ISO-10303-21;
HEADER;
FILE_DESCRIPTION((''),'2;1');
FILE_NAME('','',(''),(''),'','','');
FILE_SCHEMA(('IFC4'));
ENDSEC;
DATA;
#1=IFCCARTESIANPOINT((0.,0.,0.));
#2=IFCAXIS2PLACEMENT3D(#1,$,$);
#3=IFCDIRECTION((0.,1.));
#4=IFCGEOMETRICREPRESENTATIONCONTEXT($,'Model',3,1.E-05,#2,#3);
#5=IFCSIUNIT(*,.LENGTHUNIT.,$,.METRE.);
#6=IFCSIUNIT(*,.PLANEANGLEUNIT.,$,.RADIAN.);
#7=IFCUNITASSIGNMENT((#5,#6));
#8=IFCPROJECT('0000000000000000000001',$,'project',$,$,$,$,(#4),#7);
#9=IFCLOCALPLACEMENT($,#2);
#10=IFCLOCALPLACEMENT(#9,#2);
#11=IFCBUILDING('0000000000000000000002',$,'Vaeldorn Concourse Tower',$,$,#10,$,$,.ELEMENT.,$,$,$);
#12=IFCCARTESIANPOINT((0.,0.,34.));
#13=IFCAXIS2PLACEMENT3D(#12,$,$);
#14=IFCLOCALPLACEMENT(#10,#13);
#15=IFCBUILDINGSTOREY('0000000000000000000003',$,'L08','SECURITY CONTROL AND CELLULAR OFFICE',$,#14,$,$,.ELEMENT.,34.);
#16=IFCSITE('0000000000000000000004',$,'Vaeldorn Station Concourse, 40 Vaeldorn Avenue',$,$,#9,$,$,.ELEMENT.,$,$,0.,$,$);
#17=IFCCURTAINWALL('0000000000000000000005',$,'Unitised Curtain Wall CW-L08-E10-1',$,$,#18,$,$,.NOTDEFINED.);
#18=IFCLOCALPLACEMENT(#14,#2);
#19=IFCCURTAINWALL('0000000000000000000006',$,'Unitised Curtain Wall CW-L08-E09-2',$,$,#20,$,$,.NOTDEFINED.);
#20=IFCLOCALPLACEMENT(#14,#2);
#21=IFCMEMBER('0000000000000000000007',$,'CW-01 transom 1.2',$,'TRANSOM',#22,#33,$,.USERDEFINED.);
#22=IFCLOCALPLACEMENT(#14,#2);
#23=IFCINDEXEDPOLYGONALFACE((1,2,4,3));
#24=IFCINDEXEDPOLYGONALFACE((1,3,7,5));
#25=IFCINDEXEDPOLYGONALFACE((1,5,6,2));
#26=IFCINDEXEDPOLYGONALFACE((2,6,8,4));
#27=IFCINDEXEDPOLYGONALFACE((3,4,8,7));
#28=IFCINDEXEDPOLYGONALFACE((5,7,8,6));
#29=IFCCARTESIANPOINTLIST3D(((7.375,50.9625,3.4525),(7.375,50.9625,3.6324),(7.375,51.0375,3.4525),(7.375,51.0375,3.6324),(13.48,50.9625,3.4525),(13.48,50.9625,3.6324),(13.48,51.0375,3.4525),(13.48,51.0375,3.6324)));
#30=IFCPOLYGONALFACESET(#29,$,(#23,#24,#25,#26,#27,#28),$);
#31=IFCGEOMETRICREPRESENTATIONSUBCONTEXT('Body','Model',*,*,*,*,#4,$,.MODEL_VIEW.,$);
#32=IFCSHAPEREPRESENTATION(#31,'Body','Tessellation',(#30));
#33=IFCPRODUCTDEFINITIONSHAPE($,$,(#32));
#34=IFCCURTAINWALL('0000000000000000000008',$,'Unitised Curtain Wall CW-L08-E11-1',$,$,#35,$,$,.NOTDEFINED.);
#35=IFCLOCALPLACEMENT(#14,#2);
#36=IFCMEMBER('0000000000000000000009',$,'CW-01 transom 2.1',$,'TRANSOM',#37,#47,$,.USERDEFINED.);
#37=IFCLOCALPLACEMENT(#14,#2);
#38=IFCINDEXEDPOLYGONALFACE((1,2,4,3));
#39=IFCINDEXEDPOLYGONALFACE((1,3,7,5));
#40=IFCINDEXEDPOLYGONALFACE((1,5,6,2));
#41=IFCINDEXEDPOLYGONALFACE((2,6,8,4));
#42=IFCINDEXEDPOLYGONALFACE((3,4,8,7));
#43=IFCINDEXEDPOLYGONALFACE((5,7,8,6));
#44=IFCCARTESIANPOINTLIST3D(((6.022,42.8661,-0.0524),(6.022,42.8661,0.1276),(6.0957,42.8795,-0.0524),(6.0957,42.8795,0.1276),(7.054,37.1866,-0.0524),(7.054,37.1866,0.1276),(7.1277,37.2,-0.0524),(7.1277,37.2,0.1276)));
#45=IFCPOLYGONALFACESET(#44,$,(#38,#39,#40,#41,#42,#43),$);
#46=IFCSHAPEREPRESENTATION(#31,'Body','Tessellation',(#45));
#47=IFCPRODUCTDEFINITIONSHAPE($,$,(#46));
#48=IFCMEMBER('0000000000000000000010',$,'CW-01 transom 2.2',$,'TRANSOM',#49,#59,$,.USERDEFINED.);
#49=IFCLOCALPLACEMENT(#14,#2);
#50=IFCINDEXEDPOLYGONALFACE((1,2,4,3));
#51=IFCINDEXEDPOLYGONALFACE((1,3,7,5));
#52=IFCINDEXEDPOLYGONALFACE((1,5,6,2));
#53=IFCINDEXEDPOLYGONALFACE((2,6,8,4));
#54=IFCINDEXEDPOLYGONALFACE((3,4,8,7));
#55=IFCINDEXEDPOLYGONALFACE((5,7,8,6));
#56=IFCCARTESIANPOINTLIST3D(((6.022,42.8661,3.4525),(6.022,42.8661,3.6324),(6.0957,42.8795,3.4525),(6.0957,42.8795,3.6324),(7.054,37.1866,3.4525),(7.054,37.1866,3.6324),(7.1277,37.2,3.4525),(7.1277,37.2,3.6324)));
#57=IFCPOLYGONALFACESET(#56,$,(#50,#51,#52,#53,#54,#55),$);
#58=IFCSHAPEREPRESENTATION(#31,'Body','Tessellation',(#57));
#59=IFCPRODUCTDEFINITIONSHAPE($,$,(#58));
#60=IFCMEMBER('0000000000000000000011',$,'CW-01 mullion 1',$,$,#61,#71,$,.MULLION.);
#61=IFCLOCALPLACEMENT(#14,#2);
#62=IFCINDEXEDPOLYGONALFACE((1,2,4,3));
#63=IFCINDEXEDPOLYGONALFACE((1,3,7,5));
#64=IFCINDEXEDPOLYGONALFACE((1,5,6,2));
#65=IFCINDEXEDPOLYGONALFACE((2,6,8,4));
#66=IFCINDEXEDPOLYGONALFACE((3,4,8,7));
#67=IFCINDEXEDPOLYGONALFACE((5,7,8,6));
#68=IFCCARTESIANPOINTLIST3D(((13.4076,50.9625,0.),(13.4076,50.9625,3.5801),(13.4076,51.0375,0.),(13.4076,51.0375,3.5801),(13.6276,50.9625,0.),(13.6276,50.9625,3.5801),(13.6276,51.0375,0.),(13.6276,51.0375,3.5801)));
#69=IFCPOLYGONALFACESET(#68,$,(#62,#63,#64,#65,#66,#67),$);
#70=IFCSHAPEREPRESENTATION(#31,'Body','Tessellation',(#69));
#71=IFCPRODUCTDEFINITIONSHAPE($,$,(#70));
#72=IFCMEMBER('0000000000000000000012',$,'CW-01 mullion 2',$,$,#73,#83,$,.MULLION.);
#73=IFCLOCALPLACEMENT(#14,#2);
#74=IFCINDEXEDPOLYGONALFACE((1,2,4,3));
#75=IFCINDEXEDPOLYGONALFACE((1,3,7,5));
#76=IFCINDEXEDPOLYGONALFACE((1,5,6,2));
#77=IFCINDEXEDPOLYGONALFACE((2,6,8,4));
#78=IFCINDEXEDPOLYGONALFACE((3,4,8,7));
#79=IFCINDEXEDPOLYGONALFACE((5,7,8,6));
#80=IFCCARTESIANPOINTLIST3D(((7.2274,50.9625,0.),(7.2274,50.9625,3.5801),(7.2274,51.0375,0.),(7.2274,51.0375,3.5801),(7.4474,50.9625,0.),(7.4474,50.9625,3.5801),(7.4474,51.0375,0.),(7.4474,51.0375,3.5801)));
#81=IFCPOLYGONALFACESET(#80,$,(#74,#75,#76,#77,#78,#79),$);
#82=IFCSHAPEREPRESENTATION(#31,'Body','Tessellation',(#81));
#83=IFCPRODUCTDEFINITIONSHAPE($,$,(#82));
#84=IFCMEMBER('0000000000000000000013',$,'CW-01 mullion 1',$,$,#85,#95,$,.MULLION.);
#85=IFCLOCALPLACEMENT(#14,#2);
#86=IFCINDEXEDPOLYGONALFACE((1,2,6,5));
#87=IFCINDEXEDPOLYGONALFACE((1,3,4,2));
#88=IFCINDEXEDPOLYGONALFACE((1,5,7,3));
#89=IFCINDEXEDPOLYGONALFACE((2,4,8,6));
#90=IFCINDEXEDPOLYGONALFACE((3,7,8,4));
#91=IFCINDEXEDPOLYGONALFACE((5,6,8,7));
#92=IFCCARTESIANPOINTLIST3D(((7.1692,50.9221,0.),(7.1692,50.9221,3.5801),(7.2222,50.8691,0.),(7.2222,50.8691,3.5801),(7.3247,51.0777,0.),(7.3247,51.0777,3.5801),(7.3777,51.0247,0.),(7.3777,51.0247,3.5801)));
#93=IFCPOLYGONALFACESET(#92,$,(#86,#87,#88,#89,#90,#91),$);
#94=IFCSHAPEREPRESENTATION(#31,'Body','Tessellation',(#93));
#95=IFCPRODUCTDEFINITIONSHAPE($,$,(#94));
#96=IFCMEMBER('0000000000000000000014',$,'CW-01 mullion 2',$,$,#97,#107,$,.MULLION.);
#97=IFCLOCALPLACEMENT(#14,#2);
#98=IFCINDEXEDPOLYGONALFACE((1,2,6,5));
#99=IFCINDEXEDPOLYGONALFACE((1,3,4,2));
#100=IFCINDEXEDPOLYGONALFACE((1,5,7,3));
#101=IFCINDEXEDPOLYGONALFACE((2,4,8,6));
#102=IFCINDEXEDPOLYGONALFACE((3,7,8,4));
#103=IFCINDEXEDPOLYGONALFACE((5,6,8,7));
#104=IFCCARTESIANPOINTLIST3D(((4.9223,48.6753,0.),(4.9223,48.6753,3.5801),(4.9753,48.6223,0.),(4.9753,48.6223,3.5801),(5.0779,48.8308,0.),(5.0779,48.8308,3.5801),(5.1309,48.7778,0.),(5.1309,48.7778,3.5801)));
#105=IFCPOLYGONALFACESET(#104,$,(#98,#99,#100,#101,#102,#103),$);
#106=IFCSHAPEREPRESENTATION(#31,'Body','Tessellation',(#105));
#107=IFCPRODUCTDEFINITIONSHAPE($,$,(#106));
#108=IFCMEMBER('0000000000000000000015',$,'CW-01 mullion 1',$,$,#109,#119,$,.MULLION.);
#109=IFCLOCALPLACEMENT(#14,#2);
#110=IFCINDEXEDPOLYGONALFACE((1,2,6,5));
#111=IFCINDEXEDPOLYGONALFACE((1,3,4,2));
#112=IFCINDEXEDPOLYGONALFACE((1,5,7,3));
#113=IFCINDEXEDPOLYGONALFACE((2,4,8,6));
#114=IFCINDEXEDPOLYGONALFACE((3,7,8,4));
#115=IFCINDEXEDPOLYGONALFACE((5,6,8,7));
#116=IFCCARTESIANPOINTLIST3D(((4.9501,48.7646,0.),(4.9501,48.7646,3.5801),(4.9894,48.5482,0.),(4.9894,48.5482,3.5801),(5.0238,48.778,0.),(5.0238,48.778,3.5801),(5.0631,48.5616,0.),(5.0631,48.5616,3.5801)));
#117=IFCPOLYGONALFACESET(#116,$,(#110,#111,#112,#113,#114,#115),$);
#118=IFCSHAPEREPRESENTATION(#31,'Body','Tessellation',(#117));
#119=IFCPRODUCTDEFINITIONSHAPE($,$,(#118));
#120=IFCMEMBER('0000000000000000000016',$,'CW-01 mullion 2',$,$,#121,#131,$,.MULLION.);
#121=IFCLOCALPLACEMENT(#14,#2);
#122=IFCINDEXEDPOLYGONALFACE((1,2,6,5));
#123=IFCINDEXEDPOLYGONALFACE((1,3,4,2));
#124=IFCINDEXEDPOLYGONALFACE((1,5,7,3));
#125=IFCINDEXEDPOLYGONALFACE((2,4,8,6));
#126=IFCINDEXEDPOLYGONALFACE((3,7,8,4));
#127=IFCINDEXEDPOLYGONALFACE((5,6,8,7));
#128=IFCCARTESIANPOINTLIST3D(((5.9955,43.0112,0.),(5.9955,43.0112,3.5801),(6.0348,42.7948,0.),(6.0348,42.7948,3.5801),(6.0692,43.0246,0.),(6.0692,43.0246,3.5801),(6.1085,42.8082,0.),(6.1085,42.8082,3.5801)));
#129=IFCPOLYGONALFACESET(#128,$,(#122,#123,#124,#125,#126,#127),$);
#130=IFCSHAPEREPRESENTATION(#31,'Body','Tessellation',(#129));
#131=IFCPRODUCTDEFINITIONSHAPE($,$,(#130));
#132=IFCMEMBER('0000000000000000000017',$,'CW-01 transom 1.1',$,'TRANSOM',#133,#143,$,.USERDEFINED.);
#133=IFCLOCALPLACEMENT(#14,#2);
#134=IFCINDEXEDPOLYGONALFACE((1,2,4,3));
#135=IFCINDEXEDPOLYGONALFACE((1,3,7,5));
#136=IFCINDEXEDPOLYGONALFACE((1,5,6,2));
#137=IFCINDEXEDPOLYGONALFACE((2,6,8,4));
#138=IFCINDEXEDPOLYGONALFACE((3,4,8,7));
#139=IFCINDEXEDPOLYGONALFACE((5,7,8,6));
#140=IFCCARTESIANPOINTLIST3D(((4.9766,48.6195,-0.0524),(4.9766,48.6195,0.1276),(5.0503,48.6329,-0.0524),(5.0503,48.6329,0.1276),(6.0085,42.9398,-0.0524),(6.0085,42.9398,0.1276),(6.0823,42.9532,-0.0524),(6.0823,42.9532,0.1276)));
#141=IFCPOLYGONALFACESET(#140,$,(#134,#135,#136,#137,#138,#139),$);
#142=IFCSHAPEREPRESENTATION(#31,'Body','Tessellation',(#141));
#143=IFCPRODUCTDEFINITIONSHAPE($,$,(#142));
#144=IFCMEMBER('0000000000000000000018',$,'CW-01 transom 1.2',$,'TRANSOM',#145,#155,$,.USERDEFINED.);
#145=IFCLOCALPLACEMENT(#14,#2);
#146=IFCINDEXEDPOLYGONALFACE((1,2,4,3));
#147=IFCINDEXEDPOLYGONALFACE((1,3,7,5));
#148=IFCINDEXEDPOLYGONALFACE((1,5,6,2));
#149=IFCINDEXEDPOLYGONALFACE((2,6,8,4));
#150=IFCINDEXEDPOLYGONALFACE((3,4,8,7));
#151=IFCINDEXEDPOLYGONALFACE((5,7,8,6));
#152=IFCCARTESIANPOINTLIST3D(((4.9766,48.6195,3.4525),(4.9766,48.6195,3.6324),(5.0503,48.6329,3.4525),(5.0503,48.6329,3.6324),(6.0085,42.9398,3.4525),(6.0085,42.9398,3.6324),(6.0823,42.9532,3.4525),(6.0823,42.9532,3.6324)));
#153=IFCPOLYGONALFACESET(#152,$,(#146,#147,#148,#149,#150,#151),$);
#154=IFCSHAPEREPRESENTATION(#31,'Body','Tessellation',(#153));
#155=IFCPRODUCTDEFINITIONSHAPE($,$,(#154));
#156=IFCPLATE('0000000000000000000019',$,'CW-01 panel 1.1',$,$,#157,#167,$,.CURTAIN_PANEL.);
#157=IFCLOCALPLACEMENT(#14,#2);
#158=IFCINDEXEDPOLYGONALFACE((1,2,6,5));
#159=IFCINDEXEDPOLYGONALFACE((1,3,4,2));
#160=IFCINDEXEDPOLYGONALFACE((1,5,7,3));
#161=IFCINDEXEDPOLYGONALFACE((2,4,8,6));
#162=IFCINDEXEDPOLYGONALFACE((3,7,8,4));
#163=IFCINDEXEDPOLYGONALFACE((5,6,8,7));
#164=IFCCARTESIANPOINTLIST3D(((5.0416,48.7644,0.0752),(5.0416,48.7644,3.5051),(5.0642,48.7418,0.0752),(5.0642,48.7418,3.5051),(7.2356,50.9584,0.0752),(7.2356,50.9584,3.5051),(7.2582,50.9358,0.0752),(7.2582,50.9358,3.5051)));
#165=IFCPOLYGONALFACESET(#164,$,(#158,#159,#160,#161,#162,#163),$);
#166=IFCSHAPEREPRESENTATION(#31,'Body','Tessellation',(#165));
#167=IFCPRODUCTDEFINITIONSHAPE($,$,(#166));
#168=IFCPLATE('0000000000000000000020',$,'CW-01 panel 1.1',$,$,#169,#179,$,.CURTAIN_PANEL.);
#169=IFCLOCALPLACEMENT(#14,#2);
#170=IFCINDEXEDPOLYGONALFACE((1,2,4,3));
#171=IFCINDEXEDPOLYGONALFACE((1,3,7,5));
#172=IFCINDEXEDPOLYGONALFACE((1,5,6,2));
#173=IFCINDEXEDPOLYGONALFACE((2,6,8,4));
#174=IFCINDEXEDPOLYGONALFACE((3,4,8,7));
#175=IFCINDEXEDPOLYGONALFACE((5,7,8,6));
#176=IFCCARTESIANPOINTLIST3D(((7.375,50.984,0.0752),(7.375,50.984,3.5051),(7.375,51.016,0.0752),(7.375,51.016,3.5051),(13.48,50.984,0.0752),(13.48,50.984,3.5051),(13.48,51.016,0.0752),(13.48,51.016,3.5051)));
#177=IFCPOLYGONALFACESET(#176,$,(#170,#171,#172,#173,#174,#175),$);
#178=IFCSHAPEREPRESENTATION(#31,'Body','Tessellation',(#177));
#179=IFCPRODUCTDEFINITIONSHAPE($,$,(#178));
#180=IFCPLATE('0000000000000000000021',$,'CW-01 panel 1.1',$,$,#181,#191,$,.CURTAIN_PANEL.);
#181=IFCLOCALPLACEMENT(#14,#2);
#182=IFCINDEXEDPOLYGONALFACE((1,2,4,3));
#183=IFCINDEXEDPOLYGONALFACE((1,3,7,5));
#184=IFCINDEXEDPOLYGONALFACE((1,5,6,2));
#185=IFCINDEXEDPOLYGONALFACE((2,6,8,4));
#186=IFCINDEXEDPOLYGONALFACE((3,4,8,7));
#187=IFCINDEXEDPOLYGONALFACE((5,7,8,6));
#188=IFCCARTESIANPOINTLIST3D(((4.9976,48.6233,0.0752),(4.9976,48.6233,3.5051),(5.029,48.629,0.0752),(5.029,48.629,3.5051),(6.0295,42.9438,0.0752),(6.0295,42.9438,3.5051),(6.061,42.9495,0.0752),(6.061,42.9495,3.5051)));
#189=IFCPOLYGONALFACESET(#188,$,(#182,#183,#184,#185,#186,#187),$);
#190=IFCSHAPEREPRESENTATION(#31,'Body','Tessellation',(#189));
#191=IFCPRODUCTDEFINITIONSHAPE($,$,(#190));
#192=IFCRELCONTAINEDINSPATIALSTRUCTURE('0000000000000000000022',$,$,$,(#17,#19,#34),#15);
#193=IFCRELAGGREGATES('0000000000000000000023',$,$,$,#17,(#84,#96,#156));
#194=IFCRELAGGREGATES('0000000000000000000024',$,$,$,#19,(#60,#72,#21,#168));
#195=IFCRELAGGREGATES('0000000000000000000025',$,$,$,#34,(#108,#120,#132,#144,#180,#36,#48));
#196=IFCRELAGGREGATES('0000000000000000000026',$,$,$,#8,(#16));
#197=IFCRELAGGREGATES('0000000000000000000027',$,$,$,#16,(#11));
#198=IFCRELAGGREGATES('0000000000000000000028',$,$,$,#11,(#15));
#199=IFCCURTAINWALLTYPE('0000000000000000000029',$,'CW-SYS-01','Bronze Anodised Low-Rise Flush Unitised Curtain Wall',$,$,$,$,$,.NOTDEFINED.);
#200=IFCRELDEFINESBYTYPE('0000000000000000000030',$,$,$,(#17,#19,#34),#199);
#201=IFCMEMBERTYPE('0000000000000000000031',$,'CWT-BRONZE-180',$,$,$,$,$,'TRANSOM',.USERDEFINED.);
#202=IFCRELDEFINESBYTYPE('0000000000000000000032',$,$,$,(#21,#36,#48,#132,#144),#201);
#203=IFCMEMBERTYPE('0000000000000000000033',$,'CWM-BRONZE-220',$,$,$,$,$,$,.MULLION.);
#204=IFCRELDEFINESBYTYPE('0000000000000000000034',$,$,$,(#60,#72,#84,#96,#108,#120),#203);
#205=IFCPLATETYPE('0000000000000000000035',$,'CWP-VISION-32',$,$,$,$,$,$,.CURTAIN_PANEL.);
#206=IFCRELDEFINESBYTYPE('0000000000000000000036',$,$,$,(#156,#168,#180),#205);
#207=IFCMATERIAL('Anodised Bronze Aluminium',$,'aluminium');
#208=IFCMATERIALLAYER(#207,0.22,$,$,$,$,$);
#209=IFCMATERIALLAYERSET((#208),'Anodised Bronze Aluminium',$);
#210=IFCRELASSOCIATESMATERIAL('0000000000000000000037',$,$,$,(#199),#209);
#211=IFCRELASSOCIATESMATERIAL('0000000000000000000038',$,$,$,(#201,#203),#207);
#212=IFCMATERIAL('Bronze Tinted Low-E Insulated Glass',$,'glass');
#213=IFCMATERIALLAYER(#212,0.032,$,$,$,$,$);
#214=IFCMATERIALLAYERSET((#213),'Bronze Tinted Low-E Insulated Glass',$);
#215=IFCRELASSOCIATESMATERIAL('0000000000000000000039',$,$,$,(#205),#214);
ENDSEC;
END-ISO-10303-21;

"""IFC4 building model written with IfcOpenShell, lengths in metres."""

from ifc_helpers import new_model, si_unit, direction, frame, origin, origin_2d, place, context, subcontext, project, spatial, rectangle, extrude, source, transform, mapped, material, layer, layer_set, material_profile, profile_set, type_object, element, aggregate, save


model = new_model("IFC4")

# Units and contexts
model_context = context("Model", 3, precision=1e-05, world=origin(), true_north=direction((0.0, 1.0)))
body_context = subcontext(model_context, "Body", "Model", "MODEL_VIEW")
ifc_project = project(units=[si_unit("LENGTHUNIT", "METRE"), si_unit("PLANEANGLEUNIT", "RADIAN")], contexts=[model_context])

# Site, building, storey
site_placement = place(None, origin())
site = spatial("IfcSite", under=ifc_project, at=site_placement, Name="Vaeldorn Station Concourse, 40 Vaeldorn Avenue", CompositionType="ELEMENT", RefElevation=0.0)
building_placement = place(site_placement, origin())
building = spatial("IfcBuilding", under=site, at=building_placement, Name="Vaeldorn Concourse Tower", CompositionType="ELEMENT")
storey_placement = place(building_placement, frame((0.0, 0.0, 34.0)))
storey = spatial("IfcBuildingStorey", under=building, at=storey_placement, Name="L08", Description="SECURITY CONTROL AND CELLULAR OFFICE", CompositionType="ELEMENT", Elevation=34.0)

# Curtain walls, members
ifc_material_1 = material(Name="Anodised Bronze Aluminium", Category="aluminium")
ifc_layer_1 = layer(ifc_material_1, 0.22)
ifc_layer_set_1 = layer_set([ifc_layer_1], Name="Anodised Bronze Aluminium")
curtain_wall_type = type_object("IfcCurtainWallType", Name="CW-SYS-01", Description="Bronze Anodised Low-Rise Flush Unitised Curtain Wall", PredefinedType="NOTDEFINED", material=ifc_layer_set_1)
curtain_wall_1_placement = place(storey_placement, origin())
curtain_wall_1 = element("IfcCurtainWall", 1, at=curtain_wall_1_placement, inside=storey, type_object=curtain_wall_type, Name="Unitised Curtain Wall CW-L08-E10-1", PredefinedType="NOTDEFINED")
ifc_material_profile_1 = material_profile(ifc_material_1, rectangle(XDim=0.075, YDim=0.1799, at=origin_2d()), Name="CWT 75x180")
ifc_profile_set_1 = profile_set([ifc_material_profile_1], Name="Anodised Bronze Aluminium")
member_type_1 = type_object("IfcMemberType", Name="CWT-BRONZE-180", ElementType="TRANSOM", PredefinedType="USERDEFINED", material=ifc_profile_set_1)
curtain_wall_2_placement = place(storey_placement, origin())
curtain_wall_2 = element("IfcCurtainWall", 2, at=curtain_wall_2_placement, inside=storey, type_object=curtain_wall_type, Name="Unitised Curtain Wall CW-L08-E09-2", PredefinedType="NOTDEFINED")
shared_shape_1 = source(origin(), body_context, "Body", "SweptSolid", [
    extrude(rectangle(XDim=0.075, YDim=0.1799, at=origin_2d()), origin(), (0.0, 0.0, 1.0), 6.105),
])
member_1_placement = place(storey_placement, frame((13.48, 51.0, 3.5425), z_axis=(-1.0, 0.0, 0.0), x_axis=(0.0, -1.0, 0.0)))
member_1 = element("IfcMember", 3, at=member_1_placement, type_object=member_type_1, Name="CW-01 transom 1.2", ObjectType="TRANSOM", PredefinedType="USERDEFINED", context=body_context, shape_type="MappedRepresentation", body=[
    mapped(shared_shape_1, transform((0.0, 0.0, 0.0), scale=1.0)),
])
curtain_wall_3_placement = place(storey_placement, origin())
curtain_wall_3 = element("IfcCurtainWall", 4, at=curtain_wall_3_placement, inside=storey, type_object=curtain_wall_type, Name="Unitised Curtain Wall CW-L08-E11-1", PredefinedType="NOTDEFINED")
shared_shape_2 = source(origin(), body_context, "Body", "SweptSolid", [
    extrude(rectangle(XDim=0.075, YDim=0.1799, at=origin_2d()), origin(), (0.0, 0.0, 1.0), 5.7725),
])
member_2_placement = place(storey_placement, frame((6.0588, 42.8728, 0.0376), z_axis=(0.178778, -0.98389, 0.0), x_axis=(0.98389, 0.178778, 0.0)))
member_2 = element("IfcMember", 5, at=member_2_placement, type_object=member_type_1, Name="CW-01 transom 2.1", ObjectType="TRANSOM", PredefinedType="USERDEFINED", context=body_context, shape_type="MappedRepresentation", body=[
    mapped(shared_shape_2, transform((0.0, 0.0, 0.0), scale=1.0)),
])
member_3_placement = place(storey_placement, frame((6.0588, 42.8728, 3.5425), z_axis=(0.178778, -0.98389, 0.0), x_axis=(0.98389, 0.178778, 0.0)))
member_3 = element("IfcMember", 6, at=member_3_placement, type_object=member_type_1, Name="CW-01 transom 2.2", ObjectType="TRANSOM", PredefinedType="USERDEFINED", context=body_context, shape_type="MappedRepresentation", body=[
    mapped(shared_shape_2, transform((0.0, 0.0, 0.0), scale=1.0)),
])

# Members
ifc_material_profile_2 = material_profile(ifc_material_1, rectangle(XDim=0.075, YDim=0.22, at=origin_2d()), Name="CWM 75x220")
ifc_profile_set_2 = profile_set([ifc_material_profile_2], Name="Anodised Bronze Aluminium")
member_type_2 = type_object("IfcMemberType", Name="CWM-BRONZE-220", PredefinedType="MULLION", material=ifc_profile_set_2)
shared_shape_3 = source(origin(), body_context, "Body", "SweptSolid", [
    extrude(rectangle(XDim=0.075, YDim=0.22, at=origin_2d()), origin(), (0.0, 0.0, 1.0), 3.5801),
])
member_4_placement = place(storey_placement, frame((13.5176, 51.0, 0.0), z_axis=(0.0, 0.0, 1.0), x_axis=(0.0, -1.0, 0.0)))
member_4 = element("IfcMember", 7, at=member_4_placement, type_object=member_type_2, Name="CW-01 mullion 1", PredefinedType="MULLION", context=body_context, shape_type="MappedRepresentation", body=[
    mapped(shared_shape_3, transform((0.0, 0.0, 0.0), scale=1.0)),
])
member_5_placement = place(storey_placement, frame((7.3374, 51.0, 0.0), z_axis=(0.0, 0.0, 1.0), x_axis=(0.0, -1.0, 0.0)))
member_5 = element("IfcMember", 8, at=member_5_placement, type_object=member_type_2, Name="CW-01 mullion 2", PredefinedType="MULLION", context=body_context, shape_type="MappedRepresentation", body=[
    mapped(shared_shape_3, transform((0.0, 0.0, 0.0), scale=1.0)),
])
member_6_placement = place(storey_placement, frame((7.2734, 50.9734, 0.0), z_axis=(0.0, 0.0, 1.0), x_axis=(0.707107, -0.707107, 0.0)))
member_6 = element("IfcMember", 9, at=member_6_placement, type_object=member_type_2, Name="CW-01 mullion 1", PredefinedType="MULLION", context=body_context, shape_type="MappedRepresentation", body=[
    mapped(shared_shape_3, transform((0.0, 0.0, 0.0), scale=1.0)),
])
member_7_placement = place(storey_placement, frame((5.0266, 48.7266, 0.0), z_axis=(0.0, 0.0, 1.0), x_axis=(0.707107, -0.707107, 0.0)))
member_7 = element("IfcMember", 10, at=member_7_placement, type_object=member_type_2, Name="CW-01 mullion 2", PredefinedType="MULLION", context=body_context, shape_type="MappedRepresentation", body=[
    mapped(shared_shape_3, transform((0.0, 0.0, 0.0), scale=1.0)),
])
member_8_placement = place(storey_placement, frame((5.0066, 48.6631, 0.0), z_axis=(0.0, 0.0, 1.0), x_axis=(0.98389, 0.178775, 0.0)))
member_8 = element("IfcMember", 11, at=member_8_placement, type_object=member_type_2, Name="CW-01 mullion 1", PredefinedType="MULLION", context=body_context, shape_type="MappedRepresentation", body=[
    mapped(shared_shape_3, transform((0.0, 0.0, 0.0), scale=1.0)),
])
member_9_placement = place(storey_placement, frame((6.052, 42.9097, 0.0), z_axis=(0.0, 0.0, 1.0), x_axis=(0.98389, 0.178775, 0.0)))
member_9 = element("IfcMember", 12, at=member_9_placement, type_object=member_type_2, Name="CW-01 mullion 2", PredefinedType="MULLION", context=body_context, shape_type="MappedRepresentation", body=[
    mapped(shared_shape_3, transform((0.0, 0.0, 0.0), scale=1.0)),
])
shared_shape_4 = source(origin(), body_context, "Body", "SweptSolid", [
    extrude(rectangle(XDim=0.075, YDim=0.1799, at=origin_2d()), origin(), (0.0, 0.0, 1.0), 5.7727),
])
member_10_placement = place(storey_placement, frame((5.0134, 48.6262, 0.0376), z_axis=(0.17877, -0.983891, 0.0), x_axis=(0.983891, 0.17877, 0.0)))
member_10 = element("IfcMember", 13, at=member_10_placement, type_object=member_type_1, Name="CW-01 transom 1.1", ObjectType="TRANSOM", PredefinedType="USERDEFINED", context=body_context, shape_type="MappedRepresentation", body=[
    mapped(shared_shape_4, transform((0.0, 0.0, 0.0), scale=1.0)),
])
member_11_placement = place(storey_placement, frame((5.0134, 48.6262, 3.5425), z_axis=(0.17877, -0.983891, 0.0), x_axis=(0.983891, 0.17877, 0.0)))
member_11 = element("IfcMember", 14, at=member_11_placement, type_object=member_type_1, Name="CW-01 transom 1.2", ObjectType="TRANSOM", PredefinedType="USERDEFINED", context=body_context, shape_type="MappedRepresentation", body=[
    mapped(shared_shape_4, transform((0.0, 0.0, 0.0), scale=1.0)),
])

# Plates
ifc_material_2 = material(Name="Bronze Tinted Low-E Insulated Glass", Category="glass")
ifc_layer_2 = layer(ifc_material_2, 0.032)
ifc_layer_set_2 = layer_set([ifc_layer_2], Name="Bronze Tinted Low-E Insulated Glass")
plate_type = type_object("IfcPlateType", Name="CWP-VISION-32", PredefinedType="CURTAIN_PANEL", material=ifc_layer_set_2)
shared_shape_5 = source(origin(), body_context, "Body", "SweptSolid", [
    extrude(rectangle(XDim=3.1028, YDim=0.032, at=origin_2d()), origin(), (0.0, 0.0, 1.0), 3.4299),
])
plate_1_placement = place(storey_placement, frame((6.1499, 49.8501, 0.0752), z_axis=(0.0, 0.0, 1.0), x_axis=(-0.707107, -0.707107, 0.0)))
plate_1 = element("IfcPlate", 15, at=plate_1_placement, type_object=plate_type, Name="CW-01 panel 1.1", PredefinedType="CURTAIN_PANEL", context=body_context, shape_type="MappedRepresentation", body=[
    mapped(shared_shape_5, transform((0.0, 0.0, 0.0), scale=1.0)),
])
aggregate(curtain_wall_1, [member_6, member_7, plate_1])
shared_shape_6 = source(origin(), body_context, "Body", "SweptSolid", [
    extrude(rectangle(XDim=6.105, YDim=0.032, at=origin_2d()), origin(), (0.0, 0.0, 1.0), 3.4299),
])
plate_2_placement = place(storey_placement, frame((10.4275, 51.0, 0.0752), z_axis=(0.0, 0.0, 1.0), x_axis=(-1.0, 0.0, 0.0)))
plate_2 = element("IfcPlate", 16, at=plate_2_placement, type_object=plate_type, Name="CW-01 panel 1.1", PredefinedType="CURTAIN_PANEL", context=body_context, shape_type="MappedRepresentation", body=[
    mapped(shared_shape_6, transform((0.0, 0.0, 0.0), scale=1.0)),
])
aggregate(curtain_wall_2, [member_4, member_5, member_1, plate_2])
shared_shape_7 = source(origin(), body_context, "Body", "SweptSolid", [
    extrude(rectangle(XDim=5.7725, YDim=0.032, at=origin_2d()), origin(), (0.0, 0.0, 1.0), 3.4299),
])
plate_3_placement = place(storey_placement, frame((5.5293, 45.7864, 0.0752), z_axis=(0.0, 0.0, 1.0), x_axis=(0.178775, -0.98389, 0.0)))
plate_3 = element("IfcPlate", 17, at=plate_3_placement, type_object=plate_type, Name="CW-01 panel 1.1", PredefinedType="CURTAIN_PANEL", context=body_context, shape_type="MappedRepresentation", body=[
    mapped(shared_shape_7, transform((0.0, 0.0, 0.0), scale=1.0)),
])
aggregate(curtain_wall_3, [member_8, member_9, member_10, member_11, plate_3, member_2, member_3])

save(model, "model.ifc")
